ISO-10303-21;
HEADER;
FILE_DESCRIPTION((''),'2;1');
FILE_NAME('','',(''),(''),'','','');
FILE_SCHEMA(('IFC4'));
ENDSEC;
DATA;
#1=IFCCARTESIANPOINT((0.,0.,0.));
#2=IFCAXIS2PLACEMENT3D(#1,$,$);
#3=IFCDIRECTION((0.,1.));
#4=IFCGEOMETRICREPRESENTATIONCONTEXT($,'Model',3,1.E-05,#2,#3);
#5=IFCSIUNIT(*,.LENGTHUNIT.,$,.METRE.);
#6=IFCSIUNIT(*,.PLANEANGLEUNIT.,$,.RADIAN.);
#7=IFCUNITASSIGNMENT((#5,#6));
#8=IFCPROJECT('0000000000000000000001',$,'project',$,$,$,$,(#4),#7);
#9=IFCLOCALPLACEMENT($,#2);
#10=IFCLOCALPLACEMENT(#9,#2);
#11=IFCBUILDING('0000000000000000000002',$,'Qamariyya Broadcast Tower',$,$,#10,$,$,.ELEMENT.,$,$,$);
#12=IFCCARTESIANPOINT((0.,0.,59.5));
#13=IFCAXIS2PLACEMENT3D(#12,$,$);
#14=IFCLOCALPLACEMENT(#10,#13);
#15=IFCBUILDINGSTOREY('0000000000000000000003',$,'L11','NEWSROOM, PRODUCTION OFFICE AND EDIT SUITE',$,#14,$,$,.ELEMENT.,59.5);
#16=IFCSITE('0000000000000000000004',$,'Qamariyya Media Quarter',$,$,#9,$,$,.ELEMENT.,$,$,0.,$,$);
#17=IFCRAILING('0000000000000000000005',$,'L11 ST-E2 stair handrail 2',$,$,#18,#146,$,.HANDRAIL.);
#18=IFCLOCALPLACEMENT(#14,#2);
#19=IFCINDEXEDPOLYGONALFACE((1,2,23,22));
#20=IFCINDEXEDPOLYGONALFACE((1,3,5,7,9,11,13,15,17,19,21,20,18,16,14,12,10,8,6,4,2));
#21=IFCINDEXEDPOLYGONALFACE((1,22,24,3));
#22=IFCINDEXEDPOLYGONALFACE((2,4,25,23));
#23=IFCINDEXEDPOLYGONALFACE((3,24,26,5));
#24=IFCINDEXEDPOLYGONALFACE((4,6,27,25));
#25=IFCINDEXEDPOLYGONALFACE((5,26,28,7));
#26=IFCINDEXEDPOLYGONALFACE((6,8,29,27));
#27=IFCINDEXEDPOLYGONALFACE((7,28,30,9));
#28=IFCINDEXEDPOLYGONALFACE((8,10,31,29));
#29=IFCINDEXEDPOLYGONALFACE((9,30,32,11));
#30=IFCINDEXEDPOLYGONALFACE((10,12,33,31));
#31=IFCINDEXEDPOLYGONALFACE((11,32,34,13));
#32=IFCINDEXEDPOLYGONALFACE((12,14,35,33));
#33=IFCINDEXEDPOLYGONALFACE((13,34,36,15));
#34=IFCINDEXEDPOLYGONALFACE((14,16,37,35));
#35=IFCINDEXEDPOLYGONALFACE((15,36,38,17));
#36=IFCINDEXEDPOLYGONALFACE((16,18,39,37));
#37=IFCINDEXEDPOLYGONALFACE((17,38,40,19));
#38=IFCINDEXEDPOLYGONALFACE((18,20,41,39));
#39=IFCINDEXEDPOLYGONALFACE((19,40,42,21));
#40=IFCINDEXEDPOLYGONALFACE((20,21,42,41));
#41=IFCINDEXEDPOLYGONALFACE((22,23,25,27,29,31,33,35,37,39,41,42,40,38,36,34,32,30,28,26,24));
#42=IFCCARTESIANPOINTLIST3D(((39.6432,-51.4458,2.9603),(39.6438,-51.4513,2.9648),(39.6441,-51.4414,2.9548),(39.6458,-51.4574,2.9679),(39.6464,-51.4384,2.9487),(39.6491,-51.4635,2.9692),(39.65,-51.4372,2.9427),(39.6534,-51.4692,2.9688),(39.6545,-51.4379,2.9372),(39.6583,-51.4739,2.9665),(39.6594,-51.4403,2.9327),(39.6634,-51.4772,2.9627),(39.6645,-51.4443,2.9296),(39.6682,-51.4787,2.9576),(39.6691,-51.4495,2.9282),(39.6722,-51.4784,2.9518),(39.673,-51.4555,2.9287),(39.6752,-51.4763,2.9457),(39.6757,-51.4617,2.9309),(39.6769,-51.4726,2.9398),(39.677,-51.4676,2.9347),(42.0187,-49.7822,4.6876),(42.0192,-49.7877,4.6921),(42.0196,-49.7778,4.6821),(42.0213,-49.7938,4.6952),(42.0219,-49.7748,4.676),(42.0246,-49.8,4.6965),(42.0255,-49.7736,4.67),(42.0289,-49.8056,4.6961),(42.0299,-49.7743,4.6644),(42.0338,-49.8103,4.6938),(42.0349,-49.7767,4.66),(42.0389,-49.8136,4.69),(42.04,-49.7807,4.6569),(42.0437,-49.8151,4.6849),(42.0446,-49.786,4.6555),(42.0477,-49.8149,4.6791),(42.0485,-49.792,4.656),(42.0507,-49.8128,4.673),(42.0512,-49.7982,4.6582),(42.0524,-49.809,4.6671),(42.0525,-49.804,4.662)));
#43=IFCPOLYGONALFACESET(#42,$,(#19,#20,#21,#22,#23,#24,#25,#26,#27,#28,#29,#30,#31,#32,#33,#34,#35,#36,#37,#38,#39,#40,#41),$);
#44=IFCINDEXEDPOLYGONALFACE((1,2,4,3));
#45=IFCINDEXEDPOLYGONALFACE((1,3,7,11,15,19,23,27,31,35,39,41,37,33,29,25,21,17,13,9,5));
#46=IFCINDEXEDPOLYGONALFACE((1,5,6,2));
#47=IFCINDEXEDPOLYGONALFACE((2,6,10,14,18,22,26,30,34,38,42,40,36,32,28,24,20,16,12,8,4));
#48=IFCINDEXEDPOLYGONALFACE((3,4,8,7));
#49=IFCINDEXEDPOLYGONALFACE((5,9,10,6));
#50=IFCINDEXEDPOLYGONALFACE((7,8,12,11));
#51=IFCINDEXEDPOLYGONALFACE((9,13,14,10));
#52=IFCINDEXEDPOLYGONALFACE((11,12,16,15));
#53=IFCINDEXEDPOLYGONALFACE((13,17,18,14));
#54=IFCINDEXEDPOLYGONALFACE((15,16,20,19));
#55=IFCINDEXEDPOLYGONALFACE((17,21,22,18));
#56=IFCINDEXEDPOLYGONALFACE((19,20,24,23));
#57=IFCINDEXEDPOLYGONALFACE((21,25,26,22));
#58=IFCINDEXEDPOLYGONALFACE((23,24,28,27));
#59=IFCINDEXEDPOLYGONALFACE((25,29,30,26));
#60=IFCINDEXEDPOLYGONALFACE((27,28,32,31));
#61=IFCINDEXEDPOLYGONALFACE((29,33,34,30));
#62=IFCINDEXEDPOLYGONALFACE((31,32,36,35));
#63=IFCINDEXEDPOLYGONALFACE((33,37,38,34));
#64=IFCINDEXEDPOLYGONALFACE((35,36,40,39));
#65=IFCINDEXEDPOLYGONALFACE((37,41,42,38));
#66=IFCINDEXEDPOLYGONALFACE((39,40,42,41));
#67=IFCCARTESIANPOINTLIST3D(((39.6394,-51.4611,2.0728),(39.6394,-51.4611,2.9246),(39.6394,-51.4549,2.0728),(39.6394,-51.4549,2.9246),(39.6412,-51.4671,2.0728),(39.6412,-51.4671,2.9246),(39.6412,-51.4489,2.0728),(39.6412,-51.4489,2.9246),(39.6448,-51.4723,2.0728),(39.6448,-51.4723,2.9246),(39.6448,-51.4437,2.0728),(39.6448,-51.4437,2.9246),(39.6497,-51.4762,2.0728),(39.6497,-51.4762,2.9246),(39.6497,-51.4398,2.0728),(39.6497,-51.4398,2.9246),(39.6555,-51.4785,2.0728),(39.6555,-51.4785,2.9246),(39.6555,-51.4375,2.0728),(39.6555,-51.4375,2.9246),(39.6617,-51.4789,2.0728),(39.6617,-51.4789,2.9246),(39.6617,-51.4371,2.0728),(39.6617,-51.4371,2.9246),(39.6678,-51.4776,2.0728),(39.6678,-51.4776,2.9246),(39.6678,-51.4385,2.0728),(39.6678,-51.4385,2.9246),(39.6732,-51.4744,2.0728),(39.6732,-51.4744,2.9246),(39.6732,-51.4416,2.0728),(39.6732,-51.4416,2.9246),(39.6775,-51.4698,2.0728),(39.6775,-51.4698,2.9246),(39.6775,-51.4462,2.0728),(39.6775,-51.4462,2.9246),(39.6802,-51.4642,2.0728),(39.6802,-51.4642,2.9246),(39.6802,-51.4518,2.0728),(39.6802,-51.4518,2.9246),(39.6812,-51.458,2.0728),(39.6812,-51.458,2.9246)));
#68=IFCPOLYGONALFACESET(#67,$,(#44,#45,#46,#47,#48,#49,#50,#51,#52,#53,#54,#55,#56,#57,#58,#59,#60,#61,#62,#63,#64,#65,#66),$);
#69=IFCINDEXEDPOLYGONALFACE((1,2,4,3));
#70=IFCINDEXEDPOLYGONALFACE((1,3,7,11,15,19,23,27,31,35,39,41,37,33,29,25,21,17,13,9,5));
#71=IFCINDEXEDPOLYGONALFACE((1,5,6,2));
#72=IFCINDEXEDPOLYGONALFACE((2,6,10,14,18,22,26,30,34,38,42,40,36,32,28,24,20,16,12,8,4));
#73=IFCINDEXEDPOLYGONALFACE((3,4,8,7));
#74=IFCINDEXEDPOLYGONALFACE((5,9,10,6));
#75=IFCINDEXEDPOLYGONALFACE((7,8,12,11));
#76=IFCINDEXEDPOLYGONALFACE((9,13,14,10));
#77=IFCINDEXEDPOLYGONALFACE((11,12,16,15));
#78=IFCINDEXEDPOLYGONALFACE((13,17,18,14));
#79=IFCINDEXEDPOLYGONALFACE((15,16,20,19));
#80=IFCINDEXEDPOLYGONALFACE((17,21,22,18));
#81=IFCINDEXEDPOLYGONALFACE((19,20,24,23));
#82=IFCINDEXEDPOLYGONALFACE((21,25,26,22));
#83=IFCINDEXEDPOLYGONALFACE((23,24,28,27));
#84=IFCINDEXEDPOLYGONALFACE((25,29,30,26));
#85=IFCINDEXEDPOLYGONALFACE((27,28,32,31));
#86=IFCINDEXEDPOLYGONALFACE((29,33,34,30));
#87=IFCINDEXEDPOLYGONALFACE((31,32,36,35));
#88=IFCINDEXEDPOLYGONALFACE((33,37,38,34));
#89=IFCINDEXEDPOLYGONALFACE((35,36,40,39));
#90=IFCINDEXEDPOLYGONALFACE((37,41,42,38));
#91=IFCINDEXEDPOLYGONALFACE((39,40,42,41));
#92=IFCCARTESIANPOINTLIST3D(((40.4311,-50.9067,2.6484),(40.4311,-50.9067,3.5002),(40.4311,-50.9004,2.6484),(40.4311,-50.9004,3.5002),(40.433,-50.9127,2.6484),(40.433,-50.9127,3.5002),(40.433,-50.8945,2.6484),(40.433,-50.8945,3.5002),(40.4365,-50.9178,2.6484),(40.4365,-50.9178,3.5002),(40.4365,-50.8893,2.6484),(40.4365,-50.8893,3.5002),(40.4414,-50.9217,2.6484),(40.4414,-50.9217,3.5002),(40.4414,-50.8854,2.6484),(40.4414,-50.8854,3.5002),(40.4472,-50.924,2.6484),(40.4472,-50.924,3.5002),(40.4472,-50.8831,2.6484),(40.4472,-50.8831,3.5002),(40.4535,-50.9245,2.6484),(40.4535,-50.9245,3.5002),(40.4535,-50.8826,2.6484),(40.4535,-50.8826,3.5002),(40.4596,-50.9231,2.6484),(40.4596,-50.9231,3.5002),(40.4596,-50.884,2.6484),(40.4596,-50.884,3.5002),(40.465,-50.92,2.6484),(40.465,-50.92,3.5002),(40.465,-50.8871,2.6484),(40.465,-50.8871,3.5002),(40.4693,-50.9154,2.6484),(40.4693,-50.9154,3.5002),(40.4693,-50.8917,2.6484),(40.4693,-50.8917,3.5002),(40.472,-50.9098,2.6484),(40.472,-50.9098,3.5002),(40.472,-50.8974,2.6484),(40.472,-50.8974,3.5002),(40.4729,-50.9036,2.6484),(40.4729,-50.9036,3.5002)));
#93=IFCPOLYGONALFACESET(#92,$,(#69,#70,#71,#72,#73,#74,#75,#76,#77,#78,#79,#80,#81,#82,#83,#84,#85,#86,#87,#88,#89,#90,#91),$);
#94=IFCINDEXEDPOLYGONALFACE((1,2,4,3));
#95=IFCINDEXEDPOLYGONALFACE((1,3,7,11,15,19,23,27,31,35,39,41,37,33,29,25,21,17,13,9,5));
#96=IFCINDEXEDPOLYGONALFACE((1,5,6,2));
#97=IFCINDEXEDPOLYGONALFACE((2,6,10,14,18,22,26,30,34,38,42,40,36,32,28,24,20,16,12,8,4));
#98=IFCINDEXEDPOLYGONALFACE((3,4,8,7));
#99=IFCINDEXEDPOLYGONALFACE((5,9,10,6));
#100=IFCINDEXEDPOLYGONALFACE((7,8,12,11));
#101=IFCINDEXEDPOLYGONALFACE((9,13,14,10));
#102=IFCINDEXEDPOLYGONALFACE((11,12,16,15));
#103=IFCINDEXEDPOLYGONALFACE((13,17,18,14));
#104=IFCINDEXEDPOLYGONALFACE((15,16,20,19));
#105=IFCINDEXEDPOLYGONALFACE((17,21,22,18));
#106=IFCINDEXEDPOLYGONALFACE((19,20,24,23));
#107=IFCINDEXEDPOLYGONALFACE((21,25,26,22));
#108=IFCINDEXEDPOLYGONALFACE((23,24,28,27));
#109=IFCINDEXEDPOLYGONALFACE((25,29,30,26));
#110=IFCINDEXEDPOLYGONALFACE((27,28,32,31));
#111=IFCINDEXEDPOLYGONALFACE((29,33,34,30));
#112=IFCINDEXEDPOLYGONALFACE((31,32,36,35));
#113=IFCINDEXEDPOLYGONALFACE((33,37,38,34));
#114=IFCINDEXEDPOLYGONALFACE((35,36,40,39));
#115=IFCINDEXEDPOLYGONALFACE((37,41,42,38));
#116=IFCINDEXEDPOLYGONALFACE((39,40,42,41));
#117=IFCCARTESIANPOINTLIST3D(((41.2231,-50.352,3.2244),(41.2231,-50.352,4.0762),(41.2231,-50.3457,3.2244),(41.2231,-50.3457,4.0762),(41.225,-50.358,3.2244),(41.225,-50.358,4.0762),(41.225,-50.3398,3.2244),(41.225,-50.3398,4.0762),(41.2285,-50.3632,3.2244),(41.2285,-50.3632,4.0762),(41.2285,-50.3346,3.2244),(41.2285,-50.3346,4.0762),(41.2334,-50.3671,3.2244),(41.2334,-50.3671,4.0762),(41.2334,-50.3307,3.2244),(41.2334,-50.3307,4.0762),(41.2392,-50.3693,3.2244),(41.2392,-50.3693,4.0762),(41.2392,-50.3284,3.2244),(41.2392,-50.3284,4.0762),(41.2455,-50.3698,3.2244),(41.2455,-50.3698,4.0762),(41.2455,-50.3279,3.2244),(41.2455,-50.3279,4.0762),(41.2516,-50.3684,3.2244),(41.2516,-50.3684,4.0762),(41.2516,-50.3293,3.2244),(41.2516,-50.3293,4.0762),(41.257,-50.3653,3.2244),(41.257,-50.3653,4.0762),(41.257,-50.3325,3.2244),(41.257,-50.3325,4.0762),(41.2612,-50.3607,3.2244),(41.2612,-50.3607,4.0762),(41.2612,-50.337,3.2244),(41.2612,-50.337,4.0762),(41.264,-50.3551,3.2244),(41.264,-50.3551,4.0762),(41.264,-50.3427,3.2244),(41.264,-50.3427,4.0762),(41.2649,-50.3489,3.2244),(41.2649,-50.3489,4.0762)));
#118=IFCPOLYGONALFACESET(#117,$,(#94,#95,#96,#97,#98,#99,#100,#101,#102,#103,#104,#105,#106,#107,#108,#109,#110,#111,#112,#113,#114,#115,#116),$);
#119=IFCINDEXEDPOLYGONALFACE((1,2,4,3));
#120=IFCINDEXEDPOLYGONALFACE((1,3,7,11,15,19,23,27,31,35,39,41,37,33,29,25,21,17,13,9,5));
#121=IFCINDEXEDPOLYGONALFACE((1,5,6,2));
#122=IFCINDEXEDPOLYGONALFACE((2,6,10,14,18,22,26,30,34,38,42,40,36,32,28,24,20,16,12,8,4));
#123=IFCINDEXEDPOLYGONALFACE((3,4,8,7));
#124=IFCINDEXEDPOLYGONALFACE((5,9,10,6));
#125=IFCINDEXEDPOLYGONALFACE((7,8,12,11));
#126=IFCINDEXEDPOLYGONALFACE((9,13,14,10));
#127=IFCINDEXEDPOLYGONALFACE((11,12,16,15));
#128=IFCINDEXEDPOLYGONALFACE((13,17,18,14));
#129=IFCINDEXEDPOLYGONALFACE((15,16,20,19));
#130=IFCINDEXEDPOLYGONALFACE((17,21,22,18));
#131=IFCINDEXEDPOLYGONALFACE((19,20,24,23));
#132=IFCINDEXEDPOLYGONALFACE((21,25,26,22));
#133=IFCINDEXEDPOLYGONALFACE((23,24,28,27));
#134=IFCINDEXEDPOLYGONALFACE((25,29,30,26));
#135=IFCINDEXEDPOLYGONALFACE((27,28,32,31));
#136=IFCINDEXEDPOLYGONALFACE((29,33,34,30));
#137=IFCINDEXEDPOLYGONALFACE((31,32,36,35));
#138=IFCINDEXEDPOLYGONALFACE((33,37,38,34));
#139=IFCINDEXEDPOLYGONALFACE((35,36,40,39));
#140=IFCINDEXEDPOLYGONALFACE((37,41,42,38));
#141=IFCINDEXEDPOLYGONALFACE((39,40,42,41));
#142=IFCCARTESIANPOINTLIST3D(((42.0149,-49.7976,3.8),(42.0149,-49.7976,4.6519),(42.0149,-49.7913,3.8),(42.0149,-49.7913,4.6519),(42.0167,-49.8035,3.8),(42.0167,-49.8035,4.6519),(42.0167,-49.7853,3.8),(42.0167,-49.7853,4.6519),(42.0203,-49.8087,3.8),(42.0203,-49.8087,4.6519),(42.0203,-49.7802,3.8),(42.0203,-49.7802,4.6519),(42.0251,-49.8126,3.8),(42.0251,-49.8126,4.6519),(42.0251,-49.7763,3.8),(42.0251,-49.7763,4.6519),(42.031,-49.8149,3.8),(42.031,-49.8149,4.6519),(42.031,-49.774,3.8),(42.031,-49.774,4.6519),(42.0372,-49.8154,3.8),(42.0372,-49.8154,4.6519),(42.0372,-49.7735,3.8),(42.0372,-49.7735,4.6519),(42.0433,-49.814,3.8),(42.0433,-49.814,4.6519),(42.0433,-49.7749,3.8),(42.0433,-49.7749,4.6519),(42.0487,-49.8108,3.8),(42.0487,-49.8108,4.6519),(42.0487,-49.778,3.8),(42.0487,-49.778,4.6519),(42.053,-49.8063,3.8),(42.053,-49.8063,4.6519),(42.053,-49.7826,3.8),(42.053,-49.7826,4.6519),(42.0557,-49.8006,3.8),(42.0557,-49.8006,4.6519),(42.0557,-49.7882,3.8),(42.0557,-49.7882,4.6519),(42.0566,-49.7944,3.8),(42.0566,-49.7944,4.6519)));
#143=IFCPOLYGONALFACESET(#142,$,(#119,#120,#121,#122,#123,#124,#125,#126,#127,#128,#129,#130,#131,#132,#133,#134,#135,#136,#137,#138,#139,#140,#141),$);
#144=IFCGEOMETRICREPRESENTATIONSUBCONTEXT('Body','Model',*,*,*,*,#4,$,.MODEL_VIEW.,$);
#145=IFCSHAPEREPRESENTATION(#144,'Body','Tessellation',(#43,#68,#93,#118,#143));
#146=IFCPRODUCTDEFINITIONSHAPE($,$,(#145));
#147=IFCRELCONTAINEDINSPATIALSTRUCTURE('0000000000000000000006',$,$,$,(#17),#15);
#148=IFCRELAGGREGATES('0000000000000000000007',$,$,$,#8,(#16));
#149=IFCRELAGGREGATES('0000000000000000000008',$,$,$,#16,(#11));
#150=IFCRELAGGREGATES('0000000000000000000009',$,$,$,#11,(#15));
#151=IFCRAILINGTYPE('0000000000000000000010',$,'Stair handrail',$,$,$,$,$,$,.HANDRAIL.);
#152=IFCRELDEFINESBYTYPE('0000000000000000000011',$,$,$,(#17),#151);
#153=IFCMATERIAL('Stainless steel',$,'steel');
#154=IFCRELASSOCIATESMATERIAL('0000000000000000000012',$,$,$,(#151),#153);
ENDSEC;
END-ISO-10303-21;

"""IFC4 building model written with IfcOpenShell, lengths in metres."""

from ifc_helpers import new_model, si_unit, direction, frame, origin, origin_2d, place, context, subcontext, project, spatial, circle, extrude, material, type_object, element, save


model = new_model("IFC4")

# Units and contexts
model_context = context("Model", 3, precision=1e-05, world=origin(), true_north=direction((0.0, 1.0)))
body_context = subcontext(model_context, "Body", "Model", "MODEL_VIEW")
ifc_project = project(units=[si_unit("LENGTHUNIT", "METRE"), si_unit("PLANEANGLEUNIT", "RADIAN")], contexts=[model_context])

# Site, building, storey
site_placement = place(None, origin())
site = spatial("IfcSite", under=ifc_project, at=site_placement, Name="Qamariyya Media Quarter", CompositionType="ELEMENT", RefElevation=0.0)
building_placement = place(site_placement, origin())
building = spatial("IfcBuilding", under=site, at=building_placement, Name="Qamariyya Broadcast Tower", CompositionType="ELEMENT")
storey_placement = place(building_placement, frame((0.0, 0.0, 59.5)))
storey = spatial("IfcBuildingStorey", under=building, at=storey_placement, Name="L11", Description="NEWSROOM, PRODUCTION OFFICE AND EDIT SUITE", CompositionType="ELEMENT", Elevation=59.5)

# Railing
ifc_material_1 = material(Name="Stainless steel", Category="steel")
railing_type_1 = type_object("IfcRailingType", Name="Stair handrail", PredefinedType="HANDRAIL", material=ifc_material_1)
railing_1_placement = place(storey_placement, frame((39.6602, -51.458, 2.0728)))
element("IfcRailing", 1, at=railing_1_placement, inside=storey, type_object=railing_type_1, Name="L11 ST-E2 stair handrail 2", PredefinedType="HANDRAIL", context=body_context, shape_type="SweptSolid", body=[
    extrude(circle(Radius=0.0239, at=origin_2d()), frame((0.0, 0.0, 0.876), z_axis=(0.703745, 0.492838, 0.511716), x_axis=(-0.573632, 0.819113, 0.0)), (0.0, 0.0, 1.0), 3.3755),
    extrude(circle(Radius=0.021, at=origin_2d()), origin(), (0.0, 0.0, 1.0), 0.8518),
    extrude(circle(Radius=0.021, at=origin_2d()), frame((0.7917, 0.5544, 0.5757)), (0.0, 0.0, 1.0), 0.8518),
    extrude(circle(Radius=0.021, at=origin_2d()), frame((1.5837, 1.1091, 1.1516)), (0.0, 0.0, 1.0), 0.8518),
    extrude(circle(Radius=0.021, at=origin_2d()), frame((2.3755, 1.6636, 1.7273)), (0.0, 0.0, 1.0), 0.8518),
])

save(model, "model.ifc")
